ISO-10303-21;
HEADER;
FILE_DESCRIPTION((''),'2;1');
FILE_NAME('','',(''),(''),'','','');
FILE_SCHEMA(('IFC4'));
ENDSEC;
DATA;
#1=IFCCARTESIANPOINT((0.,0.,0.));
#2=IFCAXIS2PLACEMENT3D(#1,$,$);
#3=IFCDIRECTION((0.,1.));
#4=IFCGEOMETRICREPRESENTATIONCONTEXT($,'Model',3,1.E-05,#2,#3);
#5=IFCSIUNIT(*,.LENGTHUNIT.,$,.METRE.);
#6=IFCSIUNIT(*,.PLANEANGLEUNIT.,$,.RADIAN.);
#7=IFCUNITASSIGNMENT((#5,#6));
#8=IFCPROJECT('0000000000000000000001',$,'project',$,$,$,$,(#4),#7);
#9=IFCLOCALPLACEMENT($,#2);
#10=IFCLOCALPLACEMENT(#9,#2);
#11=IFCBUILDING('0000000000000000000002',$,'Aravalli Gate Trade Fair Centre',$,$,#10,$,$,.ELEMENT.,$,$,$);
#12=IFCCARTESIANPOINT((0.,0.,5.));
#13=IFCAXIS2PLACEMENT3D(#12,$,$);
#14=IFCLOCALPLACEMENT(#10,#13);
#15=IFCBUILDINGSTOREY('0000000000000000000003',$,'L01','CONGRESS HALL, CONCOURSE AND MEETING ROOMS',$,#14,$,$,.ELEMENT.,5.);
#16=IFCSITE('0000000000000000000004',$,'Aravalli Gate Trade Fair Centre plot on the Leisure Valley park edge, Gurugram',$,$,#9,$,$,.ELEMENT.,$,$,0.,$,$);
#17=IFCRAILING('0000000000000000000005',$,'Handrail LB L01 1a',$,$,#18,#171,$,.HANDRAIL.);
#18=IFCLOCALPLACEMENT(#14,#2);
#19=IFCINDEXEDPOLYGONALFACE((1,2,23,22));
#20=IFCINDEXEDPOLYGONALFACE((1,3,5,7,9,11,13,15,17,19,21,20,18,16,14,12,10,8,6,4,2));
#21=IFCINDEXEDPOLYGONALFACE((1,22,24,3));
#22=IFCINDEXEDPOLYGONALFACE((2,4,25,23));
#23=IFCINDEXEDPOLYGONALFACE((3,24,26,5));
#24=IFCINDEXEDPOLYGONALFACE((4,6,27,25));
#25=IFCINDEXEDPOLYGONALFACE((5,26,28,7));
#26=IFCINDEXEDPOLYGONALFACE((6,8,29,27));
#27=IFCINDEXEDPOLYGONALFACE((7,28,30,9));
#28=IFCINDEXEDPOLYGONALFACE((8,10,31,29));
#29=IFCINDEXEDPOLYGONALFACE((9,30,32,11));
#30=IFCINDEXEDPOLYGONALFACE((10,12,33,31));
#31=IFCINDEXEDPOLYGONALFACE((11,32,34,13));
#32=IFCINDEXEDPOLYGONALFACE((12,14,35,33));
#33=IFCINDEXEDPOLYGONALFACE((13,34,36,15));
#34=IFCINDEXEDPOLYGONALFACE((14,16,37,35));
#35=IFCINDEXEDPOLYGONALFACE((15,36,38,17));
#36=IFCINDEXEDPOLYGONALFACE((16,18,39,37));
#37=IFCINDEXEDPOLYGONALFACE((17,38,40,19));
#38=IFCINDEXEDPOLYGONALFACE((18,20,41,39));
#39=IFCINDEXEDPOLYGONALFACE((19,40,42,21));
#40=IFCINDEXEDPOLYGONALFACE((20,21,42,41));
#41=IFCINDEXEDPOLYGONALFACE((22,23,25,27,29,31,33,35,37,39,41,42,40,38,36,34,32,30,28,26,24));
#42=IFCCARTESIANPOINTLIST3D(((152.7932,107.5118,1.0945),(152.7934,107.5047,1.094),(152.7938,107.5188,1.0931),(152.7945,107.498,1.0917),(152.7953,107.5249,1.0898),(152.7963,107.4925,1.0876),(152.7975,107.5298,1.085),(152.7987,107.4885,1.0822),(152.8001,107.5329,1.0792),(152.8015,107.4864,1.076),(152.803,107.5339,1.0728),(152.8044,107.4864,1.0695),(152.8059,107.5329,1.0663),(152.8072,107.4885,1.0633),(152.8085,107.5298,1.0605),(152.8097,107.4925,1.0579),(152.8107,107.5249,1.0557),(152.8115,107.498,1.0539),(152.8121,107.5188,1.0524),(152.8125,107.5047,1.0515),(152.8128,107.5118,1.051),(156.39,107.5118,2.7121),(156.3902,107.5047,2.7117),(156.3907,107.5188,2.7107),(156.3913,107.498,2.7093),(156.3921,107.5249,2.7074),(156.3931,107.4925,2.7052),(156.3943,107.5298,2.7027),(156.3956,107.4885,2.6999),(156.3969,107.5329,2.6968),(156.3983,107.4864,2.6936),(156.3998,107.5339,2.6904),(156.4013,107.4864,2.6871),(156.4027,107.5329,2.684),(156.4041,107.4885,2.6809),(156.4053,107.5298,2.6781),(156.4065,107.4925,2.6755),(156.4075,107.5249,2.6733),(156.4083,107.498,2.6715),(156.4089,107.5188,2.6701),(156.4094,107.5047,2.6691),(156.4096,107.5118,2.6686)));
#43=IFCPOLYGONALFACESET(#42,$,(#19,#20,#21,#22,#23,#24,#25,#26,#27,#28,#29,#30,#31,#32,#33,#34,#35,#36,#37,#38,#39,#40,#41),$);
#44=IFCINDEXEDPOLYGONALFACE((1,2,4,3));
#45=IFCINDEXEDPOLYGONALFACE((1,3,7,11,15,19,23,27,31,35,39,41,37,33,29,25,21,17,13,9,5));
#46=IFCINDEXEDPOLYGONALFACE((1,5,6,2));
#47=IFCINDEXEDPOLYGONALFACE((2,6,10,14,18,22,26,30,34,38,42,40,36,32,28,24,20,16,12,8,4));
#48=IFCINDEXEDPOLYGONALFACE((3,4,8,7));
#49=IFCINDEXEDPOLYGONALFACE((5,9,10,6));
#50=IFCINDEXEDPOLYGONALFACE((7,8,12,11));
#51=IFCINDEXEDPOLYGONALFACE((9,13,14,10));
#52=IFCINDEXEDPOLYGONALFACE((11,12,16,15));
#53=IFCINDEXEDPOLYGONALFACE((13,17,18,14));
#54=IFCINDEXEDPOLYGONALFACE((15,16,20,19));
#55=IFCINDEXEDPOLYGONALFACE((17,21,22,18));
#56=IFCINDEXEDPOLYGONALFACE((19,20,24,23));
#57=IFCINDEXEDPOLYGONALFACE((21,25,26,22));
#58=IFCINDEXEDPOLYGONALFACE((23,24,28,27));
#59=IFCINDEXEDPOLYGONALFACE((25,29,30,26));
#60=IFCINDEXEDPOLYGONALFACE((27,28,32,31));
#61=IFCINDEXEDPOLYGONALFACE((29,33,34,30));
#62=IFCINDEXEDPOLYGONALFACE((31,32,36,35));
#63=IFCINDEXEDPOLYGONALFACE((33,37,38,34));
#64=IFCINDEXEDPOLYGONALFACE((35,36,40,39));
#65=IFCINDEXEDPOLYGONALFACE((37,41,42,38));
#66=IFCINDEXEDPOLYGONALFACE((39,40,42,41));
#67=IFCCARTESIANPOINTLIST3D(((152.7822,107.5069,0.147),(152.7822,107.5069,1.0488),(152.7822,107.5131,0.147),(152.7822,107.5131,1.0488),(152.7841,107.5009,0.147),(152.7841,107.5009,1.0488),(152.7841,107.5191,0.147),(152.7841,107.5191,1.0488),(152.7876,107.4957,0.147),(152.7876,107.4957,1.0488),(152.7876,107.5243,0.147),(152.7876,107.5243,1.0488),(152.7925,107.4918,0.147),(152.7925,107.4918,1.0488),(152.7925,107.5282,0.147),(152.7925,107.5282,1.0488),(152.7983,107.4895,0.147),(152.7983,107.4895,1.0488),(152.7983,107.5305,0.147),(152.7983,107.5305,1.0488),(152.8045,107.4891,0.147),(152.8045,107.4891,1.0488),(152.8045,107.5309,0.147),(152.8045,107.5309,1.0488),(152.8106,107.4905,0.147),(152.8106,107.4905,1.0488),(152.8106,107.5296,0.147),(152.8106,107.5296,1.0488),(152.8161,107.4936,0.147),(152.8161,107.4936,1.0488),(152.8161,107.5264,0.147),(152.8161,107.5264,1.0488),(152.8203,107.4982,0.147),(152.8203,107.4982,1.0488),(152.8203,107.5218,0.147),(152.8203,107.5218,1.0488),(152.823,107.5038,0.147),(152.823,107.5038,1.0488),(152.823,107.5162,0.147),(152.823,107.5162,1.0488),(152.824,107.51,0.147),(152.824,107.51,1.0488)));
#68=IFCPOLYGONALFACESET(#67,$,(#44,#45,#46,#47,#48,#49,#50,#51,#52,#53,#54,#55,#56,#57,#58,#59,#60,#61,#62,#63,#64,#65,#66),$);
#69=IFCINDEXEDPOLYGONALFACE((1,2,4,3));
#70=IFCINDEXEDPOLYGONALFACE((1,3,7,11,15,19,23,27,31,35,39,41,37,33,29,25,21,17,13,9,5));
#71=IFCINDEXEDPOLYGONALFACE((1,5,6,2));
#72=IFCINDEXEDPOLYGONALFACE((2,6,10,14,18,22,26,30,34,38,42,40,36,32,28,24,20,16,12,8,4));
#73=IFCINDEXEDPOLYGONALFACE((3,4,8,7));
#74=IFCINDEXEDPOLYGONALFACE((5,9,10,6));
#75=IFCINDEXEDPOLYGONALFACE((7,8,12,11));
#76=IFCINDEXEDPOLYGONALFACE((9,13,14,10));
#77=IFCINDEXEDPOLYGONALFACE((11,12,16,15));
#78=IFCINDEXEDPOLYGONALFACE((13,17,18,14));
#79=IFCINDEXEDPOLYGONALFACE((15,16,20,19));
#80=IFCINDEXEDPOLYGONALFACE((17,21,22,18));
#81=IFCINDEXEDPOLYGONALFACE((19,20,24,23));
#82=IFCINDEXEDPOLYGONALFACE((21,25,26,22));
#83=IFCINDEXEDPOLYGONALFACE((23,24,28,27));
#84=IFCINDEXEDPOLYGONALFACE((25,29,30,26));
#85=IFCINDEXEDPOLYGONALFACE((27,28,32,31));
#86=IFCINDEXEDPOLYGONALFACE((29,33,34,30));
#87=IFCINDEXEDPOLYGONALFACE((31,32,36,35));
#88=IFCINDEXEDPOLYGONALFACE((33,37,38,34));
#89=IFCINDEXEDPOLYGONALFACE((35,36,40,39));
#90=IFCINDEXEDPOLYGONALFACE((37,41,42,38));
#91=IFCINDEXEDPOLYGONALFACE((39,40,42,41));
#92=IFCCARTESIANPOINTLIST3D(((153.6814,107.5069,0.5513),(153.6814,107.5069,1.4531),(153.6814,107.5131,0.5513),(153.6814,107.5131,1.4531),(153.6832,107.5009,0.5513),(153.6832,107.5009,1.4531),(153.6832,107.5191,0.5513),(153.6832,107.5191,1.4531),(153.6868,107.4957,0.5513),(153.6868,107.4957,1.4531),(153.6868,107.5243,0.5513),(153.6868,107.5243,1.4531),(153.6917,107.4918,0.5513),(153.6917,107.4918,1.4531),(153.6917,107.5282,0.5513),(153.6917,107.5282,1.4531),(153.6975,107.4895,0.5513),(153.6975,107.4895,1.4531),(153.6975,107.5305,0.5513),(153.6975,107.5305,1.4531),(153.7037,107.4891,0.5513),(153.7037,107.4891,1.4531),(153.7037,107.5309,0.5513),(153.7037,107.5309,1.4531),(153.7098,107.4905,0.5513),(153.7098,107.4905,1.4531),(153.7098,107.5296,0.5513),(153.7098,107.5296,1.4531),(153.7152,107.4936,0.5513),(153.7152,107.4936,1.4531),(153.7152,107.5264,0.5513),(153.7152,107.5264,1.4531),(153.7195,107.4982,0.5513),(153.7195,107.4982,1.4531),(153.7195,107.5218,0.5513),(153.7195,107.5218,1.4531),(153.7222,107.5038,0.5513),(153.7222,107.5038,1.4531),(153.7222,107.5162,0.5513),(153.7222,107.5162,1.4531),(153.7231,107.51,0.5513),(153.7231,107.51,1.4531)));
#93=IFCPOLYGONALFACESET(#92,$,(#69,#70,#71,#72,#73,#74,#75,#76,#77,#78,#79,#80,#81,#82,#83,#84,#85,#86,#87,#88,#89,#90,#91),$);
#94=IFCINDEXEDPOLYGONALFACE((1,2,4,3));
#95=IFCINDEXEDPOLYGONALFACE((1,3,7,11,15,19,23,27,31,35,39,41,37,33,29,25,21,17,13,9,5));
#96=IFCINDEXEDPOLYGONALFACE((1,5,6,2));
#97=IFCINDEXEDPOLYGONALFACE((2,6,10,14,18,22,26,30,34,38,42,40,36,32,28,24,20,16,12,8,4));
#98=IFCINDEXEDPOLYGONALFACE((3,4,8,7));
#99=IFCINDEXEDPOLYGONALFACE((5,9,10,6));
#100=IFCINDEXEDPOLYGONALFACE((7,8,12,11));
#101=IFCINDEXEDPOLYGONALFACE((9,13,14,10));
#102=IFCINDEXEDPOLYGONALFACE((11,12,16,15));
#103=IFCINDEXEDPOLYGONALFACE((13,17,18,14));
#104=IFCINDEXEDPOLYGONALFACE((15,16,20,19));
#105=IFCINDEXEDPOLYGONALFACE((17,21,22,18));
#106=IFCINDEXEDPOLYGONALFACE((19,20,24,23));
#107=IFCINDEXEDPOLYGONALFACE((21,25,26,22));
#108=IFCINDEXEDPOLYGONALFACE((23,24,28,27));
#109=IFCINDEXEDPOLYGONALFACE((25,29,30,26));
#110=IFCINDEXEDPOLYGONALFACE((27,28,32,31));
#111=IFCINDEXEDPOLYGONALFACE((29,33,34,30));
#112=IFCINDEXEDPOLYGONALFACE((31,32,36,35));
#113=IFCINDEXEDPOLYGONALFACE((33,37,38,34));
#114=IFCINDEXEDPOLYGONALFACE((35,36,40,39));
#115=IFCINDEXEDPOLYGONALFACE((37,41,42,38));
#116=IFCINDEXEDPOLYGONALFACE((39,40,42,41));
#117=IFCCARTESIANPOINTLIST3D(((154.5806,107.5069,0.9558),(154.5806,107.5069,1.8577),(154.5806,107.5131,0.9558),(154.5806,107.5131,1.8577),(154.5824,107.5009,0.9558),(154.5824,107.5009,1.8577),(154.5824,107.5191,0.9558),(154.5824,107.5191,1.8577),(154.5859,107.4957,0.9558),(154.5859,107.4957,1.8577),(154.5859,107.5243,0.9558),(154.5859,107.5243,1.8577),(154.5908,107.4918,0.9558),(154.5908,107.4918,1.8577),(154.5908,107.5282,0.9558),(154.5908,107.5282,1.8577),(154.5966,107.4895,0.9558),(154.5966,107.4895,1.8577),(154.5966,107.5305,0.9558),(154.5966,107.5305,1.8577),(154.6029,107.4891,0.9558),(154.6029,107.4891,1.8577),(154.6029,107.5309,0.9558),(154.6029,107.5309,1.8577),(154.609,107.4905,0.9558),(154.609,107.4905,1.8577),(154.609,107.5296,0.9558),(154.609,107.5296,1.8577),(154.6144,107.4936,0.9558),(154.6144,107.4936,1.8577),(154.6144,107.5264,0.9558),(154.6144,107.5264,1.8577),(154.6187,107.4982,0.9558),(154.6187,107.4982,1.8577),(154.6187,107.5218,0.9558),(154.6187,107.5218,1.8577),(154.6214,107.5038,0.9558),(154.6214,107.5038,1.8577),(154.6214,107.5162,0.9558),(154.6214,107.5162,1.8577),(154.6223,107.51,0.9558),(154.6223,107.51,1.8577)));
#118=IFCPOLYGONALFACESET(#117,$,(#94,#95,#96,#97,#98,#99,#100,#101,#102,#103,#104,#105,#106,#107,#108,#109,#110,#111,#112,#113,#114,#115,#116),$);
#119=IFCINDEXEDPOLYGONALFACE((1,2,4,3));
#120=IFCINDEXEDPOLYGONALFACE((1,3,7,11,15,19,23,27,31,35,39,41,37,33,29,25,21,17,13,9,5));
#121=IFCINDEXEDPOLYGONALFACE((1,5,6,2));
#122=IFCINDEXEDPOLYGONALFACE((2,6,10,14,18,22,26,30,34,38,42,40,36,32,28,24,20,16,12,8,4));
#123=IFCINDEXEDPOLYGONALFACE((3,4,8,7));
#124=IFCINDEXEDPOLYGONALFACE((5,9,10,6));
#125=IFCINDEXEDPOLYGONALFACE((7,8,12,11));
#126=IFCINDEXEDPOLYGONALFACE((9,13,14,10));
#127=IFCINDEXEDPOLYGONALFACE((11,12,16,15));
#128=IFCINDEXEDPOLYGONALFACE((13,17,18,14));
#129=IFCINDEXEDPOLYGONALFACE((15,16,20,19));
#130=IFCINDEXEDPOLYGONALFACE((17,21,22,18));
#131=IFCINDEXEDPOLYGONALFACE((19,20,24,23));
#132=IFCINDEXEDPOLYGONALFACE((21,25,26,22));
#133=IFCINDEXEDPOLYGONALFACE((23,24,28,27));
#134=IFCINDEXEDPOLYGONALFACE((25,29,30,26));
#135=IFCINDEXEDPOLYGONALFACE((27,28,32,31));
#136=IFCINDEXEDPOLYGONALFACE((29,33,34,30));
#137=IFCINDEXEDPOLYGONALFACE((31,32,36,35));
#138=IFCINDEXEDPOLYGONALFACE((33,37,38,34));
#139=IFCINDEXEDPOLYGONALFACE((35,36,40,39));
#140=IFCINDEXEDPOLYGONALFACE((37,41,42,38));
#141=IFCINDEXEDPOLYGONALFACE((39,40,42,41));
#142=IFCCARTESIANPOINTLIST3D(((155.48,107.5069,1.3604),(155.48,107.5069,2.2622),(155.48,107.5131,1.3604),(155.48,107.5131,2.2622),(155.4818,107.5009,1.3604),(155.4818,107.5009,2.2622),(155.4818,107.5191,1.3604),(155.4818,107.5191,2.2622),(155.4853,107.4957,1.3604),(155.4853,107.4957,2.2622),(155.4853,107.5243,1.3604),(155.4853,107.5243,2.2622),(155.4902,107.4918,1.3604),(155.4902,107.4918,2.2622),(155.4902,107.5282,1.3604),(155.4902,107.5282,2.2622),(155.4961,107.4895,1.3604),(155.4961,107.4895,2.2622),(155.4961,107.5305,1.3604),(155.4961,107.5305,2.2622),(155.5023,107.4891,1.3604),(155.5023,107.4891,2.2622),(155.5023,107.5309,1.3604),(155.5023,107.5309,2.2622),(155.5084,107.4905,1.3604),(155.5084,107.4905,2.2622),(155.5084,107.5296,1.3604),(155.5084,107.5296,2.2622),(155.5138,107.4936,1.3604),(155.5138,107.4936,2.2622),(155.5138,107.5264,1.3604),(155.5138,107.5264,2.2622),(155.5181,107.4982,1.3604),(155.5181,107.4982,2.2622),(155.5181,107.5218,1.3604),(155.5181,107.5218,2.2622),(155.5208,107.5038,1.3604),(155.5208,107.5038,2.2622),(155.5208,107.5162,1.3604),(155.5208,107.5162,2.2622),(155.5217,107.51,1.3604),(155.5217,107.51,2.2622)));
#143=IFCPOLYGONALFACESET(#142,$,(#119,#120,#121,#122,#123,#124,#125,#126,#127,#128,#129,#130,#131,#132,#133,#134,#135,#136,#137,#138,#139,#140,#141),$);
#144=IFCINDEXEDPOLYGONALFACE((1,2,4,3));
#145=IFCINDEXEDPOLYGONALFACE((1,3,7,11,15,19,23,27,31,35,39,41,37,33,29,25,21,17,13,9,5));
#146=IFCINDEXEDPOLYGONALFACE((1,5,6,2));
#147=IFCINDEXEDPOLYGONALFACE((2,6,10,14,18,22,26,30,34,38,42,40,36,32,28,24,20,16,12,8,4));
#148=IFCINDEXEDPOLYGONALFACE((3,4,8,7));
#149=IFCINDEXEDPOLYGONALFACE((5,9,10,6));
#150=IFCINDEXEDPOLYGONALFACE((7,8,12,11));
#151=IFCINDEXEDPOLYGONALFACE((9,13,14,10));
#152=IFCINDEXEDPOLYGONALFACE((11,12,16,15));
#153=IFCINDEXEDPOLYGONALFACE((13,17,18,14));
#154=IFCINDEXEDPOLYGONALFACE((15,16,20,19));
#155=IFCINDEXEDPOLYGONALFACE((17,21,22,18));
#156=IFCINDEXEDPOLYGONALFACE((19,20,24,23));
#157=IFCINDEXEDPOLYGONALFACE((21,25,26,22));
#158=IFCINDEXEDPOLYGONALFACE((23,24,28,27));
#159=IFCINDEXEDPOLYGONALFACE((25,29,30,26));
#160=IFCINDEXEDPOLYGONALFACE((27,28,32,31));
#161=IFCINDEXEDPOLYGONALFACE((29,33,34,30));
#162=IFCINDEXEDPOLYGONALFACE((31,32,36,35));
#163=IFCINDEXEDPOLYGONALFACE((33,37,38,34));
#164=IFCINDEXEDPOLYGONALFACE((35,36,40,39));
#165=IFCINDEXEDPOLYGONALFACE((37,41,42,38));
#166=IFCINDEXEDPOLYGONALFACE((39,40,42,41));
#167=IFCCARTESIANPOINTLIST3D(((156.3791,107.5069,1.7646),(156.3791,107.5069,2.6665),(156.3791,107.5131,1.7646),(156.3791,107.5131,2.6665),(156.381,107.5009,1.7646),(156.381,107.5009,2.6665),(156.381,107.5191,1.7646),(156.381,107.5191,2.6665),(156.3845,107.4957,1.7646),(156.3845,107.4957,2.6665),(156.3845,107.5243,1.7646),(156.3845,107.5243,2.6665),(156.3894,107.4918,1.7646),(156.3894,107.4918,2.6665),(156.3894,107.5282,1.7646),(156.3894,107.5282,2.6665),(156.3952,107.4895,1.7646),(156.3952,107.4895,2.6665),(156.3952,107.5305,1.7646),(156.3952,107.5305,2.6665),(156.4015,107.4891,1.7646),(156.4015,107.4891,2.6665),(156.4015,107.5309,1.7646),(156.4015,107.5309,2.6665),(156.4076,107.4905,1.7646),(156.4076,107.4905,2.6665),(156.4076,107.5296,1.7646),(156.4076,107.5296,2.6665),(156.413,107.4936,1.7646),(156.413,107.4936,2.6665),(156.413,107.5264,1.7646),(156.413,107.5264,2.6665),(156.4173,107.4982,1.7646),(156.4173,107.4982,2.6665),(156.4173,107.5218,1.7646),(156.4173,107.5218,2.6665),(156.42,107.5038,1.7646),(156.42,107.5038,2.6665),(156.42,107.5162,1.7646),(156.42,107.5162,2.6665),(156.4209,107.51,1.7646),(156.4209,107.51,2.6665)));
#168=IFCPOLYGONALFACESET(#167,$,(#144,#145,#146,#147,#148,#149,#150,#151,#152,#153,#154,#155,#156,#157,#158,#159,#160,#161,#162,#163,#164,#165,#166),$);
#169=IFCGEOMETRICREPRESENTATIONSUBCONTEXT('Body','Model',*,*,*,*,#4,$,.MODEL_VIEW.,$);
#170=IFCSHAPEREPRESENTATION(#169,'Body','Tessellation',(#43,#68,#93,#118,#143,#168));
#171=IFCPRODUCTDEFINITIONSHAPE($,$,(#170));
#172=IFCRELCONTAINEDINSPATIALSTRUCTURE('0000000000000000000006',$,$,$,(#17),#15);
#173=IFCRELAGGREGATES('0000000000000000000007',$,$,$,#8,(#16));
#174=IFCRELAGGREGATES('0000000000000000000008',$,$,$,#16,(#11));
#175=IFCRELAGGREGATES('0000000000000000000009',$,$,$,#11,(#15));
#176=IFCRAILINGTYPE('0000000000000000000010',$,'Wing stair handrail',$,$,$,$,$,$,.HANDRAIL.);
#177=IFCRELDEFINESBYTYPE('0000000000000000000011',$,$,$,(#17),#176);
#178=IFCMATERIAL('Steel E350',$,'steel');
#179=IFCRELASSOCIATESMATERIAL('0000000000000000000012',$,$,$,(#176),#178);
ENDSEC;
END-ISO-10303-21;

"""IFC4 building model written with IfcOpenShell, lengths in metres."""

from ifc_helpers import new_model, si_unit, direction, frame, origin, origin_2d, place, context, subcontext, project, spatial, circle, extrude, material, type_object, element, save


model = new_model("IFC4")

# Units and contexts
model_context = context("Model", 3, precision=1e-05, world=origin(), true_north=direction((0.0, 1.0)))
body_context = subcontext(model_context, "Body", "Model", "MODEL_VIEW")
ifc_project = project(units=[si_unit("LENGTHUNIT", "METRE"), si_unit("PLANEANGLEUNIT", "RADIAN")], contexts=[model_context])

# Site, building, storey
site_placement = place(None, origin())
site = spatial("IfcSite", under=ifc_project, at=site_placement, Name="Aravalli Gate Trade Fair Centre plot on the Leisure Valley park edge, Gurugram", CompositionType="ELEMENT", RefElevation=0.0)
building_placement = place(site_placement, origin())
building = spatial("IfcBuilding", under=site, at=building_placement, Name="Aravalli Gate Trade Fair Centre", CompositionType="ELEMENT")
storey_placement = place(building_placement, frame((0.0, 0.0, 5.0)))
storey = spatial("IfcBuildingStorey", under=building, at=storey_placement, Name="L01", Description="CONGRESS HALL, CONCOURSE AND MEETING ROOMS", CompositionType="ELEMENT", Elevation=5.0)

# Shared definitions
ifc_material_1 = material(Name="Steel E350", Category="steel")

# Railing
railing_type_1 = type_object("IfcRailingType", Name="Wing stair handrail", PredefinedType="HANDRAIL", material=ifc_material_1)
for number, where, name in (
    (1, (152.803, 107.51, 0.147), "Handrail LB L01 1a"),
):
    element("IfcRailing", number, at=place(storey_placement, frame(where)), inside=storey, type_object=railing_type_1, Name=name, PredefinedType="HANDRAIL", context=body_context, shape_type="SweptSolid", body=[
        extrude(circle(Radius=0.0239, at=origin_2d()), frame((0.0, 0.0, 0.9258), z_axis=(0.912011, 0.0, 0.410166), x_axis=(0.0, 1.0, 0.0)), (0.0, 0.0, 1.0), 3.9438),
        extrude(circle(Radius=0.021, at=origin_2d()), origin(), (0.0, 0.0, 1.0), 0.9019),
        extrude(circle(Radius=0.021, at=origin_2d()), frame((0.8992, 0.0, 0.4043)), (0.0, 0.0, 1.0), 0.9019),
        extrude(circle(Radius=0.021, at=origin_2d()), frame((1.7983, 0.0, 0.8088)), (0.0, 0.0, 1.0), 0.9019),
        extrude(circle(Radius=0.021, at=origin_2d()), frame((2.6978, 0.0, 1.2134)), (0.0, 0.0, 1.0), 0.9019),
        extrude(circle(Radius=0.021, at=origin_2d()), frame((3.5969, 0.0, 1.6177)), (0.0, 0.0, 1.0), 0.9019),
    ])

save(model, "model.ifc")
